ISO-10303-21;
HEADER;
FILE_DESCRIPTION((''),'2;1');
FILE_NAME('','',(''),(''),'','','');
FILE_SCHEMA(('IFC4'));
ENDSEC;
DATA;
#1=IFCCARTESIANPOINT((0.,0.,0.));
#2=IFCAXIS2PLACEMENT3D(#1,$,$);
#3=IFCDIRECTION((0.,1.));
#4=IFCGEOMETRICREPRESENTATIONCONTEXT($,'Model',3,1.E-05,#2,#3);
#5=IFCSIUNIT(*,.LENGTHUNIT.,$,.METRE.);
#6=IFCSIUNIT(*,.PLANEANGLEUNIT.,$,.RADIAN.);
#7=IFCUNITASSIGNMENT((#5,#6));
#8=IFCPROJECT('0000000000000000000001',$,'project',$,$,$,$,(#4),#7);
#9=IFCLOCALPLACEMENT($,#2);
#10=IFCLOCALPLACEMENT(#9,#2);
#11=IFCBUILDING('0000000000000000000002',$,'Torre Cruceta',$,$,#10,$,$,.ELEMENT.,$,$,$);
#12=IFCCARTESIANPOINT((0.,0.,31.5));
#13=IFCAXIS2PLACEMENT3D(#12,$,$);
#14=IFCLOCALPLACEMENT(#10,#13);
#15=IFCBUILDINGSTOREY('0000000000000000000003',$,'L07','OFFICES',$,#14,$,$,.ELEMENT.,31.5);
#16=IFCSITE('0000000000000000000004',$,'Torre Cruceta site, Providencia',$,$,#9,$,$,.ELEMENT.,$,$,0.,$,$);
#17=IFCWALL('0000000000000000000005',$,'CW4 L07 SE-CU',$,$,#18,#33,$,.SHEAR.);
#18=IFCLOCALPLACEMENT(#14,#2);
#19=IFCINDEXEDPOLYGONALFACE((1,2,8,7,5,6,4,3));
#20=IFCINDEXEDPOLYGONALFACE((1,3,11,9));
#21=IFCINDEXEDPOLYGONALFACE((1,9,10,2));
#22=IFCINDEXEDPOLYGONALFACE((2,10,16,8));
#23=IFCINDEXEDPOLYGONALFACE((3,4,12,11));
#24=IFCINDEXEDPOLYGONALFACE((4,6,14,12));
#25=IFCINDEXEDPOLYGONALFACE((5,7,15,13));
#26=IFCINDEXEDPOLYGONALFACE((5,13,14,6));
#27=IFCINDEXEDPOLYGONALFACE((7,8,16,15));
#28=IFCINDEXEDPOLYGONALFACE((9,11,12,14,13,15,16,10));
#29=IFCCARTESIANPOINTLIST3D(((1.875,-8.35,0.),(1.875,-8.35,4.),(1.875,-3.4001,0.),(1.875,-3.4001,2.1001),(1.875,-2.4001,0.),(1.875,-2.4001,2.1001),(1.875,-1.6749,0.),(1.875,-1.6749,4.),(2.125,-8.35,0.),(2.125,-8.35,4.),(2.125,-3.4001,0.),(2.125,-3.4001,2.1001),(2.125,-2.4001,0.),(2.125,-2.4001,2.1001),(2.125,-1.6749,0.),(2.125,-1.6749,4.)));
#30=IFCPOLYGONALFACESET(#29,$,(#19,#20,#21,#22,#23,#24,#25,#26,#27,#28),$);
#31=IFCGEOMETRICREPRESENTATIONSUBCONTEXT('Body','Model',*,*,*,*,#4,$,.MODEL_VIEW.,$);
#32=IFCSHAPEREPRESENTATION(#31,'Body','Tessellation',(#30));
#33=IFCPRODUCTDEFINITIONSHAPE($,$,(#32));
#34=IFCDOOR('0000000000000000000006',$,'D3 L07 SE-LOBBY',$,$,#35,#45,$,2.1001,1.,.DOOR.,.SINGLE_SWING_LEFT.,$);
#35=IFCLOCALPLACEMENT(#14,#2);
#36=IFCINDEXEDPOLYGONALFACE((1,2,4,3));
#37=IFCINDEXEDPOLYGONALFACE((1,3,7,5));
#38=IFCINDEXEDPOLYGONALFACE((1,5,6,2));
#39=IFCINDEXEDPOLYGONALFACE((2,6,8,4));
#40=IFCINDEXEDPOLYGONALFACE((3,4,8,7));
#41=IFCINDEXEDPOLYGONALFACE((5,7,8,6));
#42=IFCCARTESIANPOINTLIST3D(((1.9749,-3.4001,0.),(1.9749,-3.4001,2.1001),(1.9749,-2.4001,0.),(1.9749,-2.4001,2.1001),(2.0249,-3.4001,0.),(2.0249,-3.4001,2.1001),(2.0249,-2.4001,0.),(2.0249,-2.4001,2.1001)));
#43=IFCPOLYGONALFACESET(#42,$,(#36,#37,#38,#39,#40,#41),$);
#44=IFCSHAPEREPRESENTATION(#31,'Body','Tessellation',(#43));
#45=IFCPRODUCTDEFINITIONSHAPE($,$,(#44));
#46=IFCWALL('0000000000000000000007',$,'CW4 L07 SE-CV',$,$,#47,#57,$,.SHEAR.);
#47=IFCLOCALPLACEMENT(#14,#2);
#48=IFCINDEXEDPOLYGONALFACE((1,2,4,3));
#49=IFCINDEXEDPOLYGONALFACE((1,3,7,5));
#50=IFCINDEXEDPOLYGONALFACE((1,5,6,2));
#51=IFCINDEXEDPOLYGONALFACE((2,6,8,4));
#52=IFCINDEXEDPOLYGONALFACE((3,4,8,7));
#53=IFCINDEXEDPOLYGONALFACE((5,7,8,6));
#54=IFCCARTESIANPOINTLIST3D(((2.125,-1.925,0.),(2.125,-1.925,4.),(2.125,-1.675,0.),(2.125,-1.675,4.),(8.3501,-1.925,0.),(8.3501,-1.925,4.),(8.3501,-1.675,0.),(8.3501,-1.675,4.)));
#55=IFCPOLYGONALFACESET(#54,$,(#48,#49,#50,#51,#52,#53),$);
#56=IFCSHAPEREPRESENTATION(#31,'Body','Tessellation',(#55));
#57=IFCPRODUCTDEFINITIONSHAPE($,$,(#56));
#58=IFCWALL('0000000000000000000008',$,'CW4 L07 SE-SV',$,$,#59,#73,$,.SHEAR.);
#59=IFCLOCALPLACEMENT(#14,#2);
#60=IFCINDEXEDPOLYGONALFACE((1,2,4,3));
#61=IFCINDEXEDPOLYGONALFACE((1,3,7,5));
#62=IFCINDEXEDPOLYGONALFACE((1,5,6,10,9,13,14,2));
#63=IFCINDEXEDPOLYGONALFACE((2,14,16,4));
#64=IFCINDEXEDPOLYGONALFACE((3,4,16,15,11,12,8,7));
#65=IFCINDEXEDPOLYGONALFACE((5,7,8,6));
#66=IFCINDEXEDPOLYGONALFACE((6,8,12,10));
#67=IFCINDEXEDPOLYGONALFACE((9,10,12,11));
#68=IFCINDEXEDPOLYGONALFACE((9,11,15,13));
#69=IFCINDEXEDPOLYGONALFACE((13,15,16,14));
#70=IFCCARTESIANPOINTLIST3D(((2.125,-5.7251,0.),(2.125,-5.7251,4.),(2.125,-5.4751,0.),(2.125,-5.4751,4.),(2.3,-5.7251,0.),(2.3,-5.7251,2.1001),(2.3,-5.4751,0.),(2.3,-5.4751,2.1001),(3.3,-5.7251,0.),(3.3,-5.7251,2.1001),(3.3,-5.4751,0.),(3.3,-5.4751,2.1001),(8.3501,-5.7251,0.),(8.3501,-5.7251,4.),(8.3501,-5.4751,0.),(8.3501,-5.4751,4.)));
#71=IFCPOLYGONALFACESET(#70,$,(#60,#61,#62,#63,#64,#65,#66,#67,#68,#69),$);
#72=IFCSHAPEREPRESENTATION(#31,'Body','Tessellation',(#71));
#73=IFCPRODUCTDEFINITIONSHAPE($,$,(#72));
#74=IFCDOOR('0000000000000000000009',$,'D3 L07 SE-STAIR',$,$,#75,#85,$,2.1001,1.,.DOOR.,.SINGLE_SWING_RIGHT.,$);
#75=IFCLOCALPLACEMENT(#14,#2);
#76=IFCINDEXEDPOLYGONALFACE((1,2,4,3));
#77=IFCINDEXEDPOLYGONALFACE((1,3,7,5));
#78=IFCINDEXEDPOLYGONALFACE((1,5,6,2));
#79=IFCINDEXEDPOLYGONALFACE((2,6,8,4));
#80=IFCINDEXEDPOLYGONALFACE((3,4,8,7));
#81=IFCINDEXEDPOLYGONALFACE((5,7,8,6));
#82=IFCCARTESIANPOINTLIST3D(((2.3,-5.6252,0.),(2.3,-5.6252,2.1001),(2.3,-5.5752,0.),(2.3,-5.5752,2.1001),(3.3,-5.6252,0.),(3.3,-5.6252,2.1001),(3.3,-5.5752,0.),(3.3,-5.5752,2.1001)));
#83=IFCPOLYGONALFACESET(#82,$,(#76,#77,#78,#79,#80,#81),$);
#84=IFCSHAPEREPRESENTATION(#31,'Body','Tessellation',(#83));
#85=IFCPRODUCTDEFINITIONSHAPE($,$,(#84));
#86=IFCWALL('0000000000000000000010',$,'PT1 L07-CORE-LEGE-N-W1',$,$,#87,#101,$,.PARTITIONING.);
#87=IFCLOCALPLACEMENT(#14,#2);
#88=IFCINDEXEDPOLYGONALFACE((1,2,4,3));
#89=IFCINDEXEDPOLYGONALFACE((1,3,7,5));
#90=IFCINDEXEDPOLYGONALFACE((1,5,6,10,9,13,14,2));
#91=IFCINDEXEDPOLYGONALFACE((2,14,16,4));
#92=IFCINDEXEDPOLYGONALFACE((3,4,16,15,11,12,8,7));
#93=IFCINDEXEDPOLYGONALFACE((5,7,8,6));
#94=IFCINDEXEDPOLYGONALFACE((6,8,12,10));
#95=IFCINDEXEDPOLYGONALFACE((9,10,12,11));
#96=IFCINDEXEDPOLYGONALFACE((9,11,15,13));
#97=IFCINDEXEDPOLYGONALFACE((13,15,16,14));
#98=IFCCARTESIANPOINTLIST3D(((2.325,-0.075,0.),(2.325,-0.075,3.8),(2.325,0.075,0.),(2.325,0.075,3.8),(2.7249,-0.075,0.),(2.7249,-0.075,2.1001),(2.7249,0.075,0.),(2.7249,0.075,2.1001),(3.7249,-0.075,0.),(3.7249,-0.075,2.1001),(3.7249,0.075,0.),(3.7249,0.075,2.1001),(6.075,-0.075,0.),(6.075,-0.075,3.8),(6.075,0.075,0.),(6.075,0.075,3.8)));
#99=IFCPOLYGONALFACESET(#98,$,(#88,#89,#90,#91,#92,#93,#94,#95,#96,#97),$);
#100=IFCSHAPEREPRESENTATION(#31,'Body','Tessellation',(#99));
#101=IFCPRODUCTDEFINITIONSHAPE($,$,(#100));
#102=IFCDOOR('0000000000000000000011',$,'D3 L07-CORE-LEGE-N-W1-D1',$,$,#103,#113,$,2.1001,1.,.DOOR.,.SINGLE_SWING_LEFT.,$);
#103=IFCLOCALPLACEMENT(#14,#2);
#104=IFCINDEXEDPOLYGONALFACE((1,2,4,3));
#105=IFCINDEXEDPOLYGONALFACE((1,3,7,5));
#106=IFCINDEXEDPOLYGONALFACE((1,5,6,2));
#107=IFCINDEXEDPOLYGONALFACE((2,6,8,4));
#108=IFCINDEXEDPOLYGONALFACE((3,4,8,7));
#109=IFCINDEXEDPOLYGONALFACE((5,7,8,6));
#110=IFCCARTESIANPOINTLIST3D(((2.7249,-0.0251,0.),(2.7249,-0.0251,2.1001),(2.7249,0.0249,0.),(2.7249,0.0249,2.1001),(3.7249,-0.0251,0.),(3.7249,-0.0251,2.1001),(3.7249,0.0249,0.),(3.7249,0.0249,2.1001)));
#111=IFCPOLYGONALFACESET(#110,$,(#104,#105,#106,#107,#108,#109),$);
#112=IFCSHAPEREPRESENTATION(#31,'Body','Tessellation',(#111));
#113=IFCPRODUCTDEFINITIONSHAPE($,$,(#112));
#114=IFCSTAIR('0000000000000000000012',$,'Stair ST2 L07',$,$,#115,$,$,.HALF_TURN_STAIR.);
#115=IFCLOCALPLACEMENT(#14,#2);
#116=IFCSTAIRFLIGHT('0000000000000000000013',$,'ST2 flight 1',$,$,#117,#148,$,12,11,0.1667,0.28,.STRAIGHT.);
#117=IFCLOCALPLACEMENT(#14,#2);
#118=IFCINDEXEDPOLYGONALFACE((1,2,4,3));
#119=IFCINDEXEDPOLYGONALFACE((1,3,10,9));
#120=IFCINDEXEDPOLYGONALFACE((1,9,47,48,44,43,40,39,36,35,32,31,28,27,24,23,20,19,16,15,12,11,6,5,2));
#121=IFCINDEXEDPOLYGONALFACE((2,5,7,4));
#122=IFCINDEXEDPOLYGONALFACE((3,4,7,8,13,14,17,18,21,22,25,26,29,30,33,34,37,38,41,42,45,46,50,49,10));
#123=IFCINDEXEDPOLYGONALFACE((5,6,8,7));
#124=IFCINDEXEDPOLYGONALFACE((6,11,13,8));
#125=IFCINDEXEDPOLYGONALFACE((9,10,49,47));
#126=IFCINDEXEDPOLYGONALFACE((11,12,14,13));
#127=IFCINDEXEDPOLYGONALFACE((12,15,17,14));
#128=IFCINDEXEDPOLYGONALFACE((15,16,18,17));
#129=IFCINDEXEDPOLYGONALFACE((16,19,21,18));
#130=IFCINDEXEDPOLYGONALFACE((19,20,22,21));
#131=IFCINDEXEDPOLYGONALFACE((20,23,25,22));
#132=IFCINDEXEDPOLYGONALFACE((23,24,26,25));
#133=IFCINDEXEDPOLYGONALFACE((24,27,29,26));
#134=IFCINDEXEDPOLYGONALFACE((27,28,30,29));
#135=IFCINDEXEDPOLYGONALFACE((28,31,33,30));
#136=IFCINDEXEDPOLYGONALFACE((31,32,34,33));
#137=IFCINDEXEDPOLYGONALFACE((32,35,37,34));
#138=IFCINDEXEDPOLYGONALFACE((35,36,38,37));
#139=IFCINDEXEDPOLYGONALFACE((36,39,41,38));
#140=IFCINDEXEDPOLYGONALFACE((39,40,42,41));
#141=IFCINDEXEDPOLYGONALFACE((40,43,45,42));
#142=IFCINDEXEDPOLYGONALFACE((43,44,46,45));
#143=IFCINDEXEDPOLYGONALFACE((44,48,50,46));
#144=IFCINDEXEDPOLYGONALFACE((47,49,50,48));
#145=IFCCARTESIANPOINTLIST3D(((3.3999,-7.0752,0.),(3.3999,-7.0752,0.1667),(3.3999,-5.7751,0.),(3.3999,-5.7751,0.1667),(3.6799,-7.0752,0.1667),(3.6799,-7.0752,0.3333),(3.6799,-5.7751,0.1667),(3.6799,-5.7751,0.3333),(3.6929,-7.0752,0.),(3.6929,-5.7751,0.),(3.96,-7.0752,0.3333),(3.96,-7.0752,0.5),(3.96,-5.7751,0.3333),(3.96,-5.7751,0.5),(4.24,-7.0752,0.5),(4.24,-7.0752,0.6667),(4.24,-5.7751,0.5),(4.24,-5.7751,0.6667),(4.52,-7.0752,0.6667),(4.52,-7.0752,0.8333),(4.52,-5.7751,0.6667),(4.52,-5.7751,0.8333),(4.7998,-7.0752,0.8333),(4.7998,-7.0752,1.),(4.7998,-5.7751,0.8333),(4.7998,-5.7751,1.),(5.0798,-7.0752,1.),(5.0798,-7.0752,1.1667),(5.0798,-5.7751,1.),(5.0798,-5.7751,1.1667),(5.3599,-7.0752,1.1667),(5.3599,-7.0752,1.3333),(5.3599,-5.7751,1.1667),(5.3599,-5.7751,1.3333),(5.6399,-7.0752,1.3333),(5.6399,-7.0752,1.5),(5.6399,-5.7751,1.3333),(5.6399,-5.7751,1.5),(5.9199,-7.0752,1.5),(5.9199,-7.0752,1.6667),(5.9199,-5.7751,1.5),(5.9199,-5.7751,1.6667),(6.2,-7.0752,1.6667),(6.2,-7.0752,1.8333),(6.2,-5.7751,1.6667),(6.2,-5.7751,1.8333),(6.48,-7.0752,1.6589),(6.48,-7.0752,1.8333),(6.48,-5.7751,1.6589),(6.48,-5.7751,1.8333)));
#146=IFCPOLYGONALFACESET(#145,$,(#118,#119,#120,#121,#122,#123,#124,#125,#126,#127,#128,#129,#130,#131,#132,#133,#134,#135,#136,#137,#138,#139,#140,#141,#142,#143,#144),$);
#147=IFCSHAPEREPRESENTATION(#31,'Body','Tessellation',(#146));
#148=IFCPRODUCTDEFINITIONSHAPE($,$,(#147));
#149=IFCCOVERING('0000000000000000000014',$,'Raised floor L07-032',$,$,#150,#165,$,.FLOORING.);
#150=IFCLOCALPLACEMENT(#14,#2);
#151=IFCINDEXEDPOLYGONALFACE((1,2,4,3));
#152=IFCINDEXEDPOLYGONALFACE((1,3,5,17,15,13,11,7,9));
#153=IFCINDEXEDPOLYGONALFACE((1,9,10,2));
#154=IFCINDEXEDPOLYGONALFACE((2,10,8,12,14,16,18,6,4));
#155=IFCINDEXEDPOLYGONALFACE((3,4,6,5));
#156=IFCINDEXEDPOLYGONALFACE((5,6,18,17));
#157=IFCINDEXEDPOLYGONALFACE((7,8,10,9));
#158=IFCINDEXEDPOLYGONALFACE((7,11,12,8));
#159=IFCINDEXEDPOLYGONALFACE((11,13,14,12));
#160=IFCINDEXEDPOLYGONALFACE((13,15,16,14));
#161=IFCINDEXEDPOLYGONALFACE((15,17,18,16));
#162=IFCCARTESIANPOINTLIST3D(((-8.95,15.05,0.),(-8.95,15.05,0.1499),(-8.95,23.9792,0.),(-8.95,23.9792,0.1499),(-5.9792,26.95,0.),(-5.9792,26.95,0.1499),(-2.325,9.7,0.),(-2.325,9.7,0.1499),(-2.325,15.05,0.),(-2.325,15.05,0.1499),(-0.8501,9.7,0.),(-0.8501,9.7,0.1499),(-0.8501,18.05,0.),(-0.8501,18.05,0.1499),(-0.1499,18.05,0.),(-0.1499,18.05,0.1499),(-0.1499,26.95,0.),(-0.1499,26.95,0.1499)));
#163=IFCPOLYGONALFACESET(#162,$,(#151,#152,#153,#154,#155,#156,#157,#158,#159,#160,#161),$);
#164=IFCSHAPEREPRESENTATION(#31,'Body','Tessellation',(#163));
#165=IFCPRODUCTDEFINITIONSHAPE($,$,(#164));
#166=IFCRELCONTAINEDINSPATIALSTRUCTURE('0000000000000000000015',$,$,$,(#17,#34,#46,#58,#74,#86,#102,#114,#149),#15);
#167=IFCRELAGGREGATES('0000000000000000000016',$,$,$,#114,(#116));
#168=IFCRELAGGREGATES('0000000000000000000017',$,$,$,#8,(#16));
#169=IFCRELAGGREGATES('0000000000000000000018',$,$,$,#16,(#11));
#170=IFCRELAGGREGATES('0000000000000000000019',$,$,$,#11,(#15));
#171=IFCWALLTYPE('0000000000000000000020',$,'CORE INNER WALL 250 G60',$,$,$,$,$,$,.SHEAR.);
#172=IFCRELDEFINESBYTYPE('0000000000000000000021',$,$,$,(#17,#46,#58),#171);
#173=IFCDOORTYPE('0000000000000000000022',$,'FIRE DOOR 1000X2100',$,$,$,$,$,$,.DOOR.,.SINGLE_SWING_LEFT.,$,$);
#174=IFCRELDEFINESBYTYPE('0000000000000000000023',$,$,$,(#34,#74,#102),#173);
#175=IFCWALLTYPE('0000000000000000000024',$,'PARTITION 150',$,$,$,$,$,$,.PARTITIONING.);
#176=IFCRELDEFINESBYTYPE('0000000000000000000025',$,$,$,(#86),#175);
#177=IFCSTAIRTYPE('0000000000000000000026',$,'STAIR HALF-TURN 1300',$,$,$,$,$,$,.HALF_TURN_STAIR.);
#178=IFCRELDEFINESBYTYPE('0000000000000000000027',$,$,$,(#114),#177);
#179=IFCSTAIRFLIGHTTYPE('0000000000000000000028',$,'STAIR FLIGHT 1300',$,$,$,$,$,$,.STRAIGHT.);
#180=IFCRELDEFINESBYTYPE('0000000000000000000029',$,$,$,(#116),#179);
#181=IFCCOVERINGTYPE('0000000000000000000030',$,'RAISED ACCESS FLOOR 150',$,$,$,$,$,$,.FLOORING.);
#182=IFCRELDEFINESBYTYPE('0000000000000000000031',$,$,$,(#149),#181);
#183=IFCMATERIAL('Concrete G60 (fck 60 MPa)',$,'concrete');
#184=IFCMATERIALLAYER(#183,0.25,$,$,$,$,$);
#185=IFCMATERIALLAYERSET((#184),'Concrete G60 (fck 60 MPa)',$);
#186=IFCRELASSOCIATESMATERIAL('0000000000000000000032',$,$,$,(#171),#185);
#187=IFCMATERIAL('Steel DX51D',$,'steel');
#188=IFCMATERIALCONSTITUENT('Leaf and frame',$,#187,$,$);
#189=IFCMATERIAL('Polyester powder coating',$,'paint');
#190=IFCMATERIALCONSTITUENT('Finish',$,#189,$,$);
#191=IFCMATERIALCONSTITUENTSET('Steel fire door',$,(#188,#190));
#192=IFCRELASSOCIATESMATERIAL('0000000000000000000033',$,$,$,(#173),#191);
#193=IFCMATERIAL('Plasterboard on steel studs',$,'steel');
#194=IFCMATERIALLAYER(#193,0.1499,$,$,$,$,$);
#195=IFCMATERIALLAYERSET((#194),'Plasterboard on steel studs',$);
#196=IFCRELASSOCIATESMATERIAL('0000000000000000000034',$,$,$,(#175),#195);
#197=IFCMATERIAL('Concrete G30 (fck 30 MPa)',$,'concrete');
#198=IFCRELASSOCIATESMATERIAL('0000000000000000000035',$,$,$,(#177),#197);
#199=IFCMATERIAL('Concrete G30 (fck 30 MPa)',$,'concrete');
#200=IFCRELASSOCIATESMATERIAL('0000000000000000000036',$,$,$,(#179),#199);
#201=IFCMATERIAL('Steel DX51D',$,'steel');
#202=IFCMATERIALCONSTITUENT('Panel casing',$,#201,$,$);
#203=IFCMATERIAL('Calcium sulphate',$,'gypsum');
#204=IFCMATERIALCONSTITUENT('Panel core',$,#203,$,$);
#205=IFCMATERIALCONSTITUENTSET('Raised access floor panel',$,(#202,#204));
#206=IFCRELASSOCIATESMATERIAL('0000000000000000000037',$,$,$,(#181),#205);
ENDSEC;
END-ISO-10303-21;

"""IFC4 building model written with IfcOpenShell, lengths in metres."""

from ifc_helpers import new_model, si_unit, direction, frame, frame_2d, origin, place, context, subcontext, project, spatial, polyline, rectangle, outline, extrude, material, layer, layer_set, constituent, constituent_set, type_object, element, fill, aggregate, save


model = new_model("IFC4")

# Units and contexts
model_context = context("Model", 3, precision=1e-05, world=origin(), true_north=direction((0.0, 1.0)))
body_context = subcontext(model_context, "Body", "Model", "MODEL_VIEW")
ifc_project = project(units=[si_unit("LENGTHUNIT", "METRE"), si_unit("PLANEANGLEUNIT", "RADIAN")], contexts=[model_context])

# Site, building, storey
site_placement = place(None, origin())
site = spatial("IfcSite", under=ifc_project, at=site_placement, Name="Torre Cruceta site, Providencia", CompositionType="ELEMENT", RefElevation=0.0)
building_placement = place(site_placement, origin())
building = spatial("IfcBuilding", under=site, at=building_placement, Name="Torre Cruceta", CompositionType="ELEMENT")
storey_placement = place(building_placement, frame((0.0, 0.0, 31.5)))
storey = spatial("IfcBuildingStorey", under=building, at=storey_placement, Name="L07", Description="OFFICES", CompositionType="ELEMENT", Elevation=31.5)

# Wall, opening, door
ifc_material_1 = material(Name="Concrete G60 (fck 60 MPa)", Category="concrete")
ifc_layer_1 = layer(ifc_material_1, 0.25)
ifc_layer_set_1 = layer_set([ifc_layer_1], Name="Concrete G60 (fck 60 MPa)")
wall_type_1 = type_object("IfcWallType", Name="CORE INNER WALL 250 G60", PredefinedType="SHEAR", material=ifc_layer_set_1)
wall_1_placement = place(storey_placement, frame((2.0, -1.675, 0.0), z_axis=(0.0, 0.0, 1.0), x_axis=(0.0, -1.0, 0.0)))
wall_1 = element("IfcWall", 1, at=wall_1_placement, inside=storey, type_object=wall_type_1, Name="CW4 L07 SE-CU", PredefinedType="SHEAR", context=body_context, shape_type="SweptSolid", body=[
    extrude(rectangle(XDim=6.675, YDim=0.25, at=frame_2d((3.3374, 0.0))), origin(), (0.0, 0.0, 1.0), 4.0),
])
opening_1_placement = place(wall_1_placement, frame((0.7251, 0.0, 0.0)))
opening_1 = element("IfcOpeningElement", 2, at=opening_1_placement, cuts=wall_1, PredefinedType="OPENING", context=body_context, shape_type="SweptSolid", body=[
    extrude(rectangle(XDim=1.0, YDim=2.1001, at=frame_2d((0.5, 1.05))), frame((0.0, 0.135, 0.0), z_axis=(0.0, -1.0, 0.0), x_axis=(1.0, 0.0, 0.0)), (0.0, 0.0, 1.0), 0.27),
])
ifc_material_2 = material(Name="Steel DX51D", Category="steel")
ifc_constituent_1 = constituent(ifc_material_2, Name="Leaf and frame")
ifc_material_3 = material(Name="Polyester powder coating", Category="paint")
ifc_constituent_2 = constituent(ifc_material_3, Name="Finish")
ifc_constituent_set_1 = constituent_set(constituents=[ifc_constituent_1, ifc_constituent_2], Name="Steel fire door")
door_type = type_object("IfcDoorType", Name="FIRE DOOR 1000X2100", OperationType="SINGLE_SWING_LEFT", PredefinedType="DOOR", material=ifc_constituent_set_1)
door_1_placement = place(opening_1_placement, origin())
door_1 = element("IfcDoor", 3, at=door_1_placement, inside=storey, type_object=door_type, Name="D3 L07 SE-LOBBY", OperationType="SINGLE_SWING_LEFT", OverallHeight=2.1001, OverallWidth=1.0, PredefinedType="DOOR", context=body_context, shape_type="SweptSolid", body=[
    extrude(rectangle(XDim=1.0, YDim=2.1001, at=frame_2d((0.5, 1.05))), frame((0.0, 0.0249, 0.0), z_axis=(0.0, -1.0, 0.0), x_axis=(1.0, 0.0, 0.0)), (0.0, 0.0, 1.0), 0.05),
])
fill(opening_1, door_1)

# Wall
wall_2_placement = place(storey_placement, frame((2.125, -1.8, 0.0), z_axis=(0.0, 0.0, 1.0), x_axis=(1.0, 0.0, 0.0)))
element("IfcWall", 4, at=wall_2_placement, inside=storey, type_object=wall_type_1, Name="CW4 L07 SE-CV", PredefinedType="SHEAR", context=body_context, shape_type="SweptSolid", body=[
    extrude(rectangle(XDim=6.2251, YDim=0.25, at=frame_2d((3.1125, 0.0))), origin(), (0.0, 0.0, 1.0), 4.0),
])

# Walls, openings, doors
wall_3_placement = place(storey_placement, frame((2.125, -5.6001, 0.0), z_axis=(0.0, 0.0, 1.0), x_axis=(1.0, 0.0, 0.0)))
wall_3 = element("IfcWall", 5, at=wall_3_placement, inside=storey, type_object=wall_type_1, Name="CW4 L07 SE-SV", PredefinedType="SHEAR", context=body_context, shape_type="SweptSolid", body=[
    extrude(rectangle(XDim=6.2251, YDim=0.25, at=frame_2d((3.1125, 0.0))), origin(), (0.0, 0.0, 1.0), 4.0),
])
opening_2_placement = place(wall_3_placement, frame((0.175, 0.0, 0.0)))
opening_2 = element("IfcOpeningElement", 6, at=opening_2_placement, cuts=wall_3, PredefinedType="OPENING", context=body_context, shape_type="SweptSolid", body=[
    extrude(rectangle(XDim=1.0, YDim=2.1001, at=frame_2d((0.5, 1.05))), frame((0.0, 0.135, 0.0), z_axis=(0.0, -1.0, 0.0), x_axis=(1.0, 0.0, 0.0)), (0.0, 0.0, 1.0), 0.27),
])
door_2_placement = place(opening_2_placement, frame((1.0, 0.0, 0.0), z_axis=(0.0, 0.0, 1.0), x_axis=(-1.0, 0.0, 0.0)))
door_2 = element("IfcDoor", 7, at=door_2_placement, inside=storey, type_object=door_type, Name="D3 L07 SE-STAIR", OperationType="SINGLE_SWING_RIGHT", OverallHeight=2.1001, OverallWidth=1.0, PredefinedType="DOOR", context=body_context, shape_type="SweptSolid", body=[
    extrude(rectangle(XDim=1.0, YDim=2.1001, at=frame_2d((0.5, 1.05))), frame((0.0, 0.0251, 0.0), z_axis=(0.0, -1.0, 0.0), x_axis=(1.0, 0.0, 0.0)), (0.0, 0.0, 1.0), 0.05),
])
fill(opening_2, door_2)
ifc_material_4 = material(Name="Plasterboard on steel studs", Category="steel")
ifc_layer_2 = layer(ifc_material_4, 0.1499)
ifc_layer_set_2 = layer_set([ifc_layer_2], Name="Plasterboard on steel studs")
wall_type_2 = type_object("IfcWallType", Name="PARTITION 150", PredefinedType="PARTITIONING", material=ifc_layer_set_2)
wall_4_placement = place(storey_placement, frame((2.325, 0.0, 0.0), z_axis=(0.0, 0.0, 1.0), x_axis=(1.0, 0.0, 0.0)))
wall_4 = element("IfcWall", 8, at=wall_4_placement, inside=storey, type_object=wall_type_2, Name="PT1 L07-CORE-LEGE-N-W1", PredefinedType="PARTITIONING", context=body_context, shape_type="SweptSolid", body=[
    extrude(rectangle(XDim=3.75, YDim=0.1499, at=frame_2d((1.875, 0.0))), origin(), (0.0, 0.0, 1.0), 3.8),
])
opening_3_placement = place(wall_4_placement, frame((0.3999, 0.0, 0.0)))
opening_3 = element("IfcOpeningElement", 9, at=opening_3_placement, cuts=wall_4, PredefinedType="OPENING", context=body_context, shape_type="SweptSolid", body=[
    extrude(rectangle(XDim=1.0, YDim=2.1001, at=frame_2d((0.5, 1.05))), frame((0.0, 0.085, 0.0), z_axis=(0.0, -1.0, 0.0), x_axis=(1.0, 0.0, 0.0)), (0.0, 0.0, 1.0), 0.1699),
])
door_3_placement = place(opening_3_placement, origin())
door_3 = element("IfcDoor", 10, at=door_3_placement, inside=storey, type_object=door_type, Name="D3 L07-CORE-LEGE-N-W1-D1", OperationType="SINGLE_SWING_LEFT", OverallHeight=2.1001, OverallWidth=1.0, PredefinedType="DOOR", context=body_context, shape_type="SweptSolid", body=[
    extrude(rectangle(XDim=1.0, YDim=2.1001, at=frame_2d((0.5, 1.05))), frame((0.0, 0.0249, 0.0), z_axis=(0.0, -1.0, 0.0), x_axis=(1.0, 0.0, 0.0)), (0.0, 0.0, 1.0), 0.05),
])
fill(opening_3, door_3)

# Stair, stair flight
ifc_material_5 = material(Name="Concrete G30 (fck 30 MPa)", Category="concrete")
stair_type = type_object("IfcStairType", Name="STAIR HALF-TURN 1300", PredefinedType="HALF_TURN_STAIR", material=ifc_material_5)
stair_placement = place(storey_placement, origin())
stair = element("IfcStair", 11, at=stair_placement, inside=storey, type_object=stair_type, Name="Stair ST2 L07", PredefinedType="HALF_TURN_STAIR")
ifc_material_6 = material(Name="Concrete G30 (fck 30 MPa)", Category="concrete")
stair_flight_type = type_object("IfcStairFlightType", Name="STAIR FLIGHT 1300", PredefinedType="STRAIGHT", material=ifc_material_6)
stair_flight_placement = place(storey_placement, frame((3.3999, -6.425, 0.0), z_axis=(0.0, 0.0, 1.0), x_axis=(1.0, 0.0, 0.0)))
stair_flight = element("IfcStairFlight", 12, at=stair_flight_placement, type_object=stair_flight_type, Name="ST2 flight 1", NumberOfRisers=12, NumberOfTreads=11, PredefinedType="STRAIGHT", RiserHeight=0.1667, TreadLength=0.28, context=body_context, shape_type="SweptSolid", body=[
    extrude(outline(polyline([(0.0, 0.0), (0.0, 0.1667), (0.28, 0.1667), (0.28, 0.3333), (0.5601, 0.3333), (0.5601, 0.5), (0.8401, 0.5), (0.8401, 0.6667), (1.1201, 0.6667), (1.1201, 0.8333), (1.3999, 0.8333), (1.3999, 1.0), (1.6799, 1.0), (1.6799, 1.1667), (1.96, 1.1667), (1.96, 1.3333), (2.24, 1.3333), (2.24, 1.5), (2.52, 1.5), (2.52, 1.6667), (2.8, 1.6667), (2.8, 1.8333), (3.0801, 1.8333), (3.0801, 2.0), (3.0801, 1.6589), (0.293, 0.0), (0.0, 0.0)])), frame((0.0, 0.6499, 0.0), z_axis=(0.0, -1.0, 0.0), x_axis=(1.0, 0.0, 0.0)), (0.0, 0.0, 1.0), 1.3),
])
aggregate(stair, [stair_flight])

# Covering
ifc_material_7 = material(Name="Steel DX51D", Category="steel")
ifc_constituent_3 = constituent(ifc_material_7, Name="Panel casing")
ifc_material_8 = material(Name="Calcium sulphate", Category="gypsum")
ifc_constituent_4 = constituent(ifc_material_8, Name="Panel core")
ifc_constituent_set_2 = constituent_set(constituents=[ifc_constituent_3, ifc_constituent_4], Name="Raised access floor panel")
covering_type_1 = type_object("IfcCoveringType", Name="RAISED ACCESS FLOOR 150", PredefinedType="FLOORING", material=ifc_constituent_set_2)
covering_1_placement = place(storey_placement, origin())
element("IfcCovering", 13, at=covering_1_placement, inside=storey, type_object=covering_type_1, Name="Raised floor L07-032", PredefinedType="FLOORING", context=body_context, shape_type="SweptSolid", body=[
    extrude(outline(polyline([(-0.1499, 26.95), (-0.1499, 18.05), (-0.8501, 18.05), (-0.8501, 9.7), (-2.325, 9.7), (-2.325, 15.05), (-8.95, 15.05), (-8.95, 23.9792), (-5.9792, 26.95), (-0.1499, 26.95)])), origin(), (0.0, 0.0, 1.0), 0.1499),
])

save(model, "model.ifc")
